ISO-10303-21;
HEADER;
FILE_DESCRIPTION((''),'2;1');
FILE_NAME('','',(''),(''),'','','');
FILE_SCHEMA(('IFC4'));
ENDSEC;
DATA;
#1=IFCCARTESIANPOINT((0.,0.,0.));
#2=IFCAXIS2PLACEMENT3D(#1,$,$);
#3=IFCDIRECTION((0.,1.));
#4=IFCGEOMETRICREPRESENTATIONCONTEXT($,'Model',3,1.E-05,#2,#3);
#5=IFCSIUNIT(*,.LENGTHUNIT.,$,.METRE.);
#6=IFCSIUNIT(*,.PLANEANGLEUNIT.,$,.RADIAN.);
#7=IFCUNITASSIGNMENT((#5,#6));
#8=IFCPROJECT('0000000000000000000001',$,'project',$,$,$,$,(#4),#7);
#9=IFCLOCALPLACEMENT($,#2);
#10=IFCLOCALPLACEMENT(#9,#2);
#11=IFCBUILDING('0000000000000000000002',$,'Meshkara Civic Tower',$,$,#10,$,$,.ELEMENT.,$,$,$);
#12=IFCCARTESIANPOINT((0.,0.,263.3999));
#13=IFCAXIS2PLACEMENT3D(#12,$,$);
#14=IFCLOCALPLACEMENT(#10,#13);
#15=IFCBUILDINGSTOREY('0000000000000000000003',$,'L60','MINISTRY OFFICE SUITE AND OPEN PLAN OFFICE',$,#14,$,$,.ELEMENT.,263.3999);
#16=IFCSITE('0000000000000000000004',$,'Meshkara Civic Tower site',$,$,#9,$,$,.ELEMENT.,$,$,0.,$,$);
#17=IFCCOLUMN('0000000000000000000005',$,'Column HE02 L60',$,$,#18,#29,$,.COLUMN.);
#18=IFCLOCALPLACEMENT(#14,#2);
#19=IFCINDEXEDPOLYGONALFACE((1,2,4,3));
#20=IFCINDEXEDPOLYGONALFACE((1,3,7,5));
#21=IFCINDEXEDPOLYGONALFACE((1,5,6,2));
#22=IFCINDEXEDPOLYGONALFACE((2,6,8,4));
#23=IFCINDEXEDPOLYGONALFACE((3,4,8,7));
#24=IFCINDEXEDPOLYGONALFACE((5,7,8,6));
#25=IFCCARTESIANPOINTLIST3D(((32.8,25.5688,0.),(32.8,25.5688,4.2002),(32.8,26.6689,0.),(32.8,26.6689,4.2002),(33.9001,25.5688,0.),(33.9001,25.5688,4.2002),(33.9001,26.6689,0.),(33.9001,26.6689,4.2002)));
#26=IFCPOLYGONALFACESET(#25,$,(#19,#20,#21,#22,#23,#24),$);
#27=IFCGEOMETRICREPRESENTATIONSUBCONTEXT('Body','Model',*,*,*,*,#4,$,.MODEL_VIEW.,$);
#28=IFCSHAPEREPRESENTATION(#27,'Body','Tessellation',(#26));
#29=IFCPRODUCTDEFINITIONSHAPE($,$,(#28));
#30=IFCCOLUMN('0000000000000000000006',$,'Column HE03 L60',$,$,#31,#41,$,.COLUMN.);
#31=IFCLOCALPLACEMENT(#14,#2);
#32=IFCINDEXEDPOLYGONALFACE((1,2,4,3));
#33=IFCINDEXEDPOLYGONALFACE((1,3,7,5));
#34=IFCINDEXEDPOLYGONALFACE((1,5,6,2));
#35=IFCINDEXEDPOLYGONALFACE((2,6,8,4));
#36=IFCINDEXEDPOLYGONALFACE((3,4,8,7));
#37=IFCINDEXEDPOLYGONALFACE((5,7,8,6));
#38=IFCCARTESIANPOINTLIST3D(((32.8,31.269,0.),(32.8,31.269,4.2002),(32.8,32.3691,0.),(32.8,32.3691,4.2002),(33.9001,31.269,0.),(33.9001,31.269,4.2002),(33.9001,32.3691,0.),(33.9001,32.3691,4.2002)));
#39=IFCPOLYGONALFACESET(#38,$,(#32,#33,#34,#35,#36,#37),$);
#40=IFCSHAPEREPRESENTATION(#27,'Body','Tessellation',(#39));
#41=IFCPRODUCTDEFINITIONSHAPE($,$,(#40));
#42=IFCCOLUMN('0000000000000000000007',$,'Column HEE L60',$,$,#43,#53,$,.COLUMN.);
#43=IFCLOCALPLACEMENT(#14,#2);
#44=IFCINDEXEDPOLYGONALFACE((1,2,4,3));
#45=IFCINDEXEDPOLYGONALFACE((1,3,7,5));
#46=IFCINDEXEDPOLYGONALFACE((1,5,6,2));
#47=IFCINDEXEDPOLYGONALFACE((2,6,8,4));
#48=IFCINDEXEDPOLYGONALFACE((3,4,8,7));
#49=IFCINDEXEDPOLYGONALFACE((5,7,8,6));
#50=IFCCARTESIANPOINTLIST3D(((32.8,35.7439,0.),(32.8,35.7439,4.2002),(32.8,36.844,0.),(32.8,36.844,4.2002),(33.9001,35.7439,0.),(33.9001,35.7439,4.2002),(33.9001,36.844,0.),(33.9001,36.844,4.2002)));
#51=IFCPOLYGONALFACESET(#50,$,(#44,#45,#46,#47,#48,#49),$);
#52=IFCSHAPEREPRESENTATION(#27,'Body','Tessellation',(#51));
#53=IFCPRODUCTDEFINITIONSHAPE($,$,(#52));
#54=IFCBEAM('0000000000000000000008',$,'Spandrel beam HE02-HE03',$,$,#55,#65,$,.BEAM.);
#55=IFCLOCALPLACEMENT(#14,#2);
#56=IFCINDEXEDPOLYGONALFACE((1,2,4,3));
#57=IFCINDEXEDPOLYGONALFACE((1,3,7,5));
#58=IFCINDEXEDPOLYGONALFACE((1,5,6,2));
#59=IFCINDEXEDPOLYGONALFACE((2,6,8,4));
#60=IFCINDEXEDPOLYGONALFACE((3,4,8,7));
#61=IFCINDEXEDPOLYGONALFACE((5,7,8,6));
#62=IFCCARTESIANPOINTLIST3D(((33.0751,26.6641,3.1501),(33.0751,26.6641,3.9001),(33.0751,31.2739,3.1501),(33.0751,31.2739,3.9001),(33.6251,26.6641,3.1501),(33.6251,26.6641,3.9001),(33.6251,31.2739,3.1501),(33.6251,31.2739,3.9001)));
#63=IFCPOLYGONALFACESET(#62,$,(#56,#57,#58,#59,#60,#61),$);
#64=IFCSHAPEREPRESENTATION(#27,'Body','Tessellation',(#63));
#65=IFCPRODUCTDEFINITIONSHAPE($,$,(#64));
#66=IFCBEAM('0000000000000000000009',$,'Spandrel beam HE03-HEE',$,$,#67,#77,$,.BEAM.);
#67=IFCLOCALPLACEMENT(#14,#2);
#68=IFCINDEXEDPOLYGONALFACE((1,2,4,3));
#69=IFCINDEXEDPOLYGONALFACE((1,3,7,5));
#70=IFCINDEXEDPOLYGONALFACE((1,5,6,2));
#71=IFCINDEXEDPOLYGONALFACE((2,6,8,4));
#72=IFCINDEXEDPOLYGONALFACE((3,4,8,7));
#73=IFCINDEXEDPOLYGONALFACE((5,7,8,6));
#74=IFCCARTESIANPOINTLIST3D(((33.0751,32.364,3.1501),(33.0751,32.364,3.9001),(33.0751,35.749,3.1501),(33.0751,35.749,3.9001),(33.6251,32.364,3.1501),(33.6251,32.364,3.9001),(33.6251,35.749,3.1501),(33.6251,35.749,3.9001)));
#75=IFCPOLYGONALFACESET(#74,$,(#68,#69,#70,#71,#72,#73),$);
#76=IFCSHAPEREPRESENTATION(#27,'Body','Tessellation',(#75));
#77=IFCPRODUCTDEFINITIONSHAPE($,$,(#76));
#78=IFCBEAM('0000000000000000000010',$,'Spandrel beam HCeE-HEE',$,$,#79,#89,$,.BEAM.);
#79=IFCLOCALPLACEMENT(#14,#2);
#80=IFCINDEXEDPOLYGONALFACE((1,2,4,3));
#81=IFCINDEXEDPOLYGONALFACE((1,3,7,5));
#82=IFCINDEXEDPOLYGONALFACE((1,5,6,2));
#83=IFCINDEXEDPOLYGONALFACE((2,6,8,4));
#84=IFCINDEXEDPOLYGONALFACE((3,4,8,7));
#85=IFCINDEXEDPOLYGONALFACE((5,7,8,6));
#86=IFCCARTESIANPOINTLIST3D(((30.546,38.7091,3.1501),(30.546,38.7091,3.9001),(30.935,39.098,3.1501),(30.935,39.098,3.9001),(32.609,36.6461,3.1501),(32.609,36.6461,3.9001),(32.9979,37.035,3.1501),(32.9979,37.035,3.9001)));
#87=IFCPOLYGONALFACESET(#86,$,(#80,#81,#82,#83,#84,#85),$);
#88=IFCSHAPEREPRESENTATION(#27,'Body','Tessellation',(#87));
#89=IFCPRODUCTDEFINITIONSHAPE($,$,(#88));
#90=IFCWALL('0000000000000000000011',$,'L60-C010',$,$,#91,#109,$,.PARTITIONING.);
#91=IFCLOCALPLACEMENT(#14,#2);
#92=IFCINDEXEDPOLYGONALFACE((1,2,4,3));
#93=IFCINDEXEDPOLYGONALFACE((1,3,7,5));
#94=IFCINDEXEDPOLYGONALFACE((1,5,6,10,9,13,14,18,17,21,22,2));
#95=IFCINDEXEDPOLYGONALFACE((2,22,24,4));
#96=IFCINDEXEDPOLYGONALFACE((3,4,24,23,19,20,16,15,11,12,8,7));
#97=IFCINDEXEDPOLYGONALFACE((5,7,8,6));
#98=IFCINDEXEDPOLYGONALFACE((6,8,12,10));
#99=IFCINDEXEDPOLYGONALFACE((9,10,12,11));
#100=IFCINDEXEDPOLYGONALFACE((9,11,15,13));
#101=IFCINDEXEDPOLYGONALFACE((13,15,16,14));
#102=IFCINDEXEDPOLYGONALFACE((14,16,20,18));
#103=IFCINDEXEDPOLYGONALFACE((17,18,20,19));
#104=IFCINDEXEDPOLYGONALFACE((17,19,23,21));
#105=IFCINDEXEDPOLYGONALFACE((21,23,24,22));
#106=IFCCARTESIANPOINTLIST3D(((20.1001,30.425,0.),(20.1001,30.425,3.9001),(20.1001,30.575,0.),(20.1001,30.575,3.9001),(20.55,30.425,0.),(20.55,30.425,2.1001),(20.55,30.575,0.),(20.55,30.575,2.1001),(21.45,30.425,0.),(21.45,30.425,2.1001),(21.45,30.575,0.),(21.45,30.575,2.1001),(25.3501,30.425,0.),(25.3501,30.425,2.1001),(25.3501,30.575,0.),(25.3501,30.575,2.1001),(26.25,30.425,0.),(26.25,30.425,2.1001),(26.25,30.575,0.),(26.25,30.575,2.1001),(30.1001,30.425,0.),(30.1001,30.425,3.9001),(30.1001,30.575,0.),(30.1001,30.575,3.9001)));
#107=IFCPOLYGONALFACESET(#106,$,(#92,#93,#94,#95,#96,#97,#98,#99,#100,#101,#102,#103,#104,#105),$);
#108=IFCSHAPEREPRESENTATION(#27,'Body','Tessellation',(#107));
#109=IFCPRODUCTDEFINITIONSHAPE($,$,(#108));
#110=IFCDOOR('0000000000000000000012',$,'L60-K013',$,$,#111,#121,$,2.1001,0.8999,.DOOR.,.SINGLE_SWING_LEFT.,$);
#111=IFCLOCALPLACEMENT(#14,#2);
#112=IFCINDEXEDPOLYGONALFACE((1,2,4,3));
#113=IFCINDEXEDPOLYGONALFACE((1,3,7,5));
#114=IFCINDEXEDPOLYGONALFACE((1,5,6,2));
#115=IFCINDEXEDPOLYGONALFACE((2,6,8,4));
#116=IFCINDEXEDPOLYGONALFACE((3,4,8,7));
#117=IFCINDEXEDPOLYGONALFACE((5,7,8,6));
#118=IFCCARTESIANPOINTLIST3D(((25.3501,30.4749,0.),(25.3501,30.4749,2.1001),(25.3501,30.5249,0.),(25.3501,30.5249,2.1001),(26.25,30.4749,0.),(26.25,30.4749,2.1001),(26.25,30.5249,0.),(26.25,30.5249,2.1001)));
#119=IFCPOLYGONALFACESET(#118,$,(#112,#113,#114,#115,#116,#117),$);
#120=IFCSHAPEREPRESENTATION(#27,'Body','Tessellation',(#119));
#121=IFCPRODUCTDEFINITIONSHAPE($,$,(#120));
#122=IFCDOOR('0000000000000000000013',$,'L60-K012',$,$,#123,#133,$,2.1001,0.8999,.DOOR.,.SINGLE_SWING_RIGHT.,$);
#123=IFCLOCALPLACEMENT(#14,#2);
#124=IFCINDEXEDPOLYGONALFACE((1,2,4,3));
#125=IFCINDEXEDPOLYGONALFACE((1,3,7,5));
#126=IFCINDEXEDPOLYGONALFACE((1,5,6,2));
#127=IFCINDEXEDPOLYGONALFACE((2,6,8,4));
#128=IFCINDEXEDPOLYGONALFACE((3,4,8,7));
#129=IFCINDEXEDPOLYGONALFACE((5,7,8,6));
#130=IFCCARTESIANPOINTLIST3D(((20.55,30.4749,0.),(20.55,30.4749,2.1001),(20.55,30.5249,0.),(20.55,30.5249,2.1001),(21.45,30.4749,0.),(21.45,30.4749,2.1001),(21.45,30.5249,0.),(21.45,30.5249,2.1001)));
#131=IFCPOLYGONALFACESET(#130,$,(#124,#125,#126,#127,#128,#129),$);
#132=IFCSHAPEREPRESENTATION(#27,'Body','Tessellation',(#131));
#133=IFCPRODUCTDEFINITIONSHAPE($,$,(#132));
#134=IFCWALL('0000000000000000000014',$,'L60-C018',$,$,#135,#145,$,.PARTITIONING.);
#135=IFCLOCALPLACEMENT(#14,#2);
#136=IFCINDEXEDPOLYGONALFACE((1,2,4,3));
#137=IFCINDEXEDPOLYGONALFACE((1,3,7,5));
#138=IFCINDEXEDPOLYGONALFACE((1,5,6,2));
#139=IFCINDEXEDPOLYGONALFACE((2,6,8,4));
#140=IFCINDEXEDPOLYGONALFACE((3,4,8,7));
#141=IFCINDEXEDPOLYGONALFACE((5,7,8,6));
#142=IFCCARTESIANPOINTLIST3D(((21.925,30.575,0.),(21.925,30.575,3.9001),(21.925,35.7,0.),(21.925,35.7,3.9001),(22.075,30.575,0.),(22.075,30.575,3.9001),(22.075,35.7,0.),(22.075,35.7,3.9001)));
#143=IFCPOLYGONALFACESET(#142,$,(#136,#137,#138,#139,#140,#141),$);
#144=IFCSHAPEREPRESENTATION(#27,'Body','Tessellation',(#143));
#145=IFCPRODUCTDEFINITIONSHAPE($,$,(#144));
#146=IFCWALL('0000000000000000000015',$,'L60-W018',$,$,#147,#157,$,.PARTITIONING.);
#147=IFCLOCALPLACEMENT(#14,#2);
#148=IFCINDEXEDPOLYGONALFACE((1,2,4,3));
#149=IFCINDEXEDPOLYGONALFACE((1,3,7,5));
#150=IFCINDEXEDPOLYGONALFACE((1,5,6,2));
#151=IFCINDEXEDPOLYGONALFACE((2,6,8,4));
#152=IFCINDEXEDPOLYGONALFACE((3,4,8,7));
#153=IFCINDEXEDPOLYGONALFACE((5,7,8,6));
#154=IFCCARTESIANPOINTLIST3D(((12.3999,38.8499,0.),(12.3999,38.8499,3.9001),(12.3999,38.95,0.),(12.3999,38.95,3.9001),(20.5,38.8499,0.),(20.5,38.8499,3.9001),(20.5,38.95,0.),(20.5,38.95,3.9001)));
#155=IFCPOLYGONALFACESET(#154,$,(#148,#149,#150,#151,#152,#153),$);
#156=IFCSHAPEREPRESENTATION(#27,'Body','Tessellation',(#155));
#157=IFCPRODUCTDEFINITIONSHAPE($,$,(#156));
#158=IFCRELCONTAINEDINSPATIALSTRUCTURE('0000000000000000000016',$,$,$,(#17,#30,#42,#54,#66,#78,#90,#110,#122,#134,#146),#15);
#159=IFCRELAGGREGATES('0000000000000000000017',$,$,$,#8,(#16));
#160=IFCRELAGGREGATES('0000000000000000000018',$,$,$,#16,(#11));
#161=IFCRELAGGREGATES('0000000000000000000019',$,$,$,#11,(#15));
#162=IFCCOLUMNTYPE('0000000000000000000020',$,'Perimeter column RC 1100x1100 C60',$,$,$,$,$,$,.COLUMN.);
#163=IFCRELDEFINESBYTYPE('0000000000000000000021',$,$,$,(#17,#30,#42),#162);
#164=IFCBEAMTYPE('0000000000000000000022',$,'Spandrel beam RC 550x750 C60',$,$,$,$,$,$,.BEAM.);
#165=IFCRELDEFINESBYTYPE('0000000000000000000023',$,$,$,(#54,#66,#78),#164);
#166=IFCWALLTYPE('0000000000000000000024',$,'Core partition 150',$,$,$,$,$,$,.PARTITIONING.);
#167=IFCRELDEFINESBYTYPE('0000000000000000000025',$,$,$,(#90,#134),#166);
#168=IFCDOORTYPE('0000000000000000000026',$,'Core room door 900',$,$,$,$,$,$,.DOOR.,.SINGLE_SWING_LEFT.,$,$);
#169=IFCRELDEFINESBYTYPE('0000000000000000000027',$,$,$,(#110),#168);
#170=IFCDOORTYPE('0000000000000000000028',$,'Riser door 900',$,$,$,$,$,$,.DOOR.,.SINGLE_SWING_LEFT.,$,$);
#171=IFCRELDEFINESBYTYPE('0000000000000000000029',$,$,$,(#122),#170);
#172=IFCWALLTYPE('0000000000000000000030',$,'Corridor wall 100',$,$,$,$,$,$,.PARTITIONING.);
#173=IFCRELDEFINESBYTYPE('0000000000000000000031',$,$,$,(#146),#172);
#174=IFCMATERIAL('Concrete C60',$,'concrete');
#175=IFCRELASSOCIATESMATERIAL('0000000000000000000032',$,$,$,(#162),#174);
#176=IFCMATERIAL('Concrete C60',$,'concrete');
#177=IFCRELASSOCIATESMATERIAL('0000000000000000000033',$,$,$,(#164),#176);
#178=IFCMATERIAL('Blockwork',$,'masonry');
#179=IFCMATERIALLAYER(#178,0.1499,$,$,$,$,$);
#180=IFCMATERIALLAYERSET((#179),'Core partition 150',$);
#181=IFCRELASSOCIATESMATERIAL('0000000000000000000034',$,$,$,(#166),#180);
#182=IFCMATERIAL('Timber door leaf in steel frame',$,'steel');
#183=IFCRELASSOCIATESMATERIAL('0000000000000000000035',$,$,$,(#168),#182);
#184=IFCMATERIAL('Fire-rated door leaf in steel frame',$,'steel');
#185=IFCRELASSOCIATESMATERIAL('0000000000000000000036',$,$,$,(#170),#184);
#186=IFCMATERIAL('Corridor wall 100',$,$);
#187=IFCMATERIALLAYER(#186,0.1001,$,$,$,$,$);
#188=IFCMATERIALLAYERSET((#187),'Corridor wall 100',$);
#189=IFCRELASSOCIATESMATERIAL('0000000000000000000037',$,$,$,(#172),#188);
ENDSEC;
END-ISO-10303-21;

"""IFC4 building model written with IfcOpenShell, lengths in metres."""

from ifc_helpers import new_model, si_unit, direction, frame, frame_2d, origin, origin_2d, place, context, subcontext, project, spatial, rectangle, extrude, material, layer, layer_set, material_profile, profile_set, type_object, element, fill, save


model = new_model("IFC4")

# Units and contexts
model_context = context("Model", 3, precision=1e-05, world=origin(), true_north=direction((0.0, 1.0)))
body_context = subcontext(model_context, "Body", "Model", "MODEL_VIEW")
ifc_project = project(units=[si_unit("LENGTHUNIT", "METRE"), si_unit("PLANEANGLEUNIT", "RADIAN")], contexts=[model_context])

# Site, building, storey
site_placement = place(None, origin())
site = spatial("IfcSite", under=ifc_project, at=site_placement, Name="Meshkara Civic Tower site", CompositionType="ELEMENT", RefElevation=0.0)
building_placement = place(site_placement, origin())
building = spatial("IfcBuilding", under=site, at=building_placement, Name="Meshkara Civic Tower", CompositionType="ELEMENT")
storey_placement = place(building_placement, frame((0.0, 0.0, 263.3999)))
storey = spatial("IfcBuildingStorey", under=building, at=storey_placement, Name="L60", Description="MINISTRY OFFICE SUITE AND OPEN PLAN OFFICE", CompositionType="ELEMENT", Elevation=263.3999)

# Columns
ifc_material_1 = material(Name="Concrete C60", Category="concrete")
ifc_material_profile_1 = material_profile(ifc_material_1, rectangle(XDim=1.1001, YDim=1.1001, at=origin_2d()))
ifc_profile_set_1 = profile_set([ifc_material_profile_1], Name="Concrete C60")
column_type = type_object("IfcColumnType", Name="Perimeter column RC 1100x1100 C60", PredefinedType="COLUMN", material=ifc_profile_set_1)
for number, where, z_axis, x_axis, name in (
    (1, (33.3501, 26.1189, 0.0), (0.0, 0.0, 1.0), (1.0, 0.0, 0.0), "Column HE02 L60"),
    (2, (33.3501, 31.8191, 0.0), (0.0, 0.0, 1.0), (1.0, 0.0, 0.0), "Column HE03 L60"),
    (3, (33.3501, 36.2939, 0.0), (0.0, 0.0, 1.0), (1.0, 0.0, 0.0), "Column HEE L60"),
):
    element("IfcColumn", number, at=place(storey_placement, frame(where, z_axis=z_axis, x_axis=x_axis)), inside=storey, type_object=column_type, Name=name, PredefinedType="COLUMN", context=body_context, shape_type="SweptSolid", body=[
        extrude(rectangle(XDim=1.1001, YDim=1.1001, at=origin_2d()), origin(), (0.0, 0.0, 1.0), 4.2002),
    ])

# Beams
ifc_material_2 = material(Name="Concrete C60", Category="concrete")
ifc_material_profile_2 = material_profile(ifc_material_2, rectangle(XDim=0.55, YDim=0.75, at=origin_2d()))
ifc_profile_set_2 = profile_set([ifc_material_profile_2], Name="Concrete C60")
beam_type = type_object("IfcBeamType", Name="Spandrel beam RC 550x750 C60", PredefinedType="BEAM", material=ifc_profile_set_2)
beam_1_placement = place(storey_placement, frame((33.3501, 26.6641, 3.5251), z_axis=(0.0, 1.0, 0.0), x_axis=(-1.0, 0.0, 0.0)))
element("IfcBeam", 4, at=beam_1_placement, inside=storey, type_object=beam_type, Name="Spandrel beam HE02-HE03", PredefinedType="BEAM", context=body_context, shape_type="SweptSolid", body=[
    extrude(rectangle(XDim=0.55, YDim=0.75, at=origin_2d()), origin(), (0.0, 0.0, 1.0), 4.6099),
])
beam_2_placement = place(storey_placement, frame((33.3501, 32.364, 3.5251), z_axis=(0.0, 1.0, 0.0), x_axis=(-1.0, 0.0, 0.0)))
element("IfcBeam", 5, at=beam_2_placement, inside=storey, type_object=beam_type, Name="Spandrel beam HE03-HEE", PredefinedType="BEAM", context=body_context, shape_type="SweptSolid", body=[
    extrude(rectangle(XDim=0.55, YDim=0.75, at=origin_2d()), origin(), (0.0, 0.0, 1.0), 3.385),
])
beam_3_placement = place(storey_placement, frame((32.8035, 36.8406, 3.5251), z_axis=(-0.707107, 0.707107, 0.0), x_axis=(-0.707107, -0.707107, 0.0)))
element("IfcBeam", 6, at=beam_3_placement, inside=storey, type_object=beam_type, Name="Spandrel beam HCeE-HEE", PredefinedType="BEAM", context=body_context, shape_type="SweptSolid", body=[
    extrude(rectangle(XDim=0.55, YDim=0.75, at=origin_2d()), origin(), (0.0, 0.0, 1.0), 2.9175),
])

# Wall, openings, doors
ifc_material_3 = material(Name="Blockwork", Category="masonry")
ifc_layer_1 = layer(ifc_material_3, 0.1499)
ifc_layer_set_1 = layer_set([ifc_layer_1], Name="Core partition 150")
wall_type_1 = type_object("IfcWallType", Name="Core partition 150", PredefinedType="PARTITIONING", material=ifc_layer_set_1)
wall_1_placement = place(storey_placement, frame((20.1001, 30.5, 0.0), z_axis=(0.0, 0.0, 1.0), x_axis=(1.0, 0.0, 0.0)))
wall_1 = element("IfcWall", 7, at=wall_1_placement, inside=storey, type_object=wall_type_1, Name="L60-C010", PredefinedType="PARTITIONING", context=body_context, shape_type="SweptSolid", body=[
    extrude(rectangle(XDim=10.0, YDim=0.1499, at=frame_2d((5.0, 0.0))), origin(), (0.0, 0.0, 1.0), 3.9001),
])
opening_1_placement = place(wall_1_placement, frame((0.45, 0.0, 0.0)))
opening_1 = element("IfcOpeningElement", 8, at=opening_1_placement, cuts=wall_1, PredefinedType="OPENING", context=body_context, shape_type="SweptSolid", body=[
    extrude(rectangle(XDim=0.8999, YDim=2.1001, at=frame_2d((0.45, 1.05))), frame((0.0, 0.085, 0.0), z_axis=(0.0, -1.0, 0.0), x_axis=(1.0, 0.0, 0.0)), (0.0, 0.0, 1.0), 0.1699),
])
opening_2_placement = place(wall_1_placement, frame((5.25, 0.0, 0.0)))
opening_2 = element("IfcOpeningElement", 9, at=opening_2_placement, cuts=wall_1, PredefinedType="OPENING", context=body_context, shape_type="SweptSolid", body=[
    extrude(rectangle(XDim=0.8999, YDim=2.1001, at=frame_2d((0.45, 1.05))), frame((0.0, 0.085, 0.0), z_axis=(0.0, -1.0, 0.0), x_axis=(1.0, 0.0, 0.0)), (0.0, 0.0, 1.0), 0.1699),
])
ifc_material_4 = material(Name="Timber door leaf in steel frame", Category="steel")
door_type_1 = type_object("IfcDoorType", Name="Core room door 900", OperationType="SINGLE_SWING_LEFT", PredefinedType="DOOR", material=ifc_material_4)
door_1_placement = place(opening_2_placement, origin())
door_1 = element("IfcDoor", 10, at=door_1_placement, inside=storey, type_object=door_type_1, Name="L60-K013", OperationType="SINGLE_SWING_LEFT", OverallHeight=2.1001, OverallWidth=0.8999, PredefinedType="DOOR", context=body_context, shape_type="SweptSolid", body=[
    extrude(rectangle(XDim=0.8999, YDim=2.1001, at=frame_2d((0.45, 1.05))), frame((0.0, 0.0249, 0.0), z_axis=(0.0, -1.0, 0.0), x_axis=(1.0, 0.0, 0.0)), (0.0, 0.0, 1.0), 0.05),
])
fill(opening_2, door_1)
ifc_material_5 = material(Name="Fire-rated door leaf in steel frame", Category="steel")
door_type_2 = type_object("IfcDoorType", Name="Riser door 900", OperationType="SINGLE_SWING_LEFT", PredefinedType="DOOR", material=ifc_material_5)
door_2_placement = place(opening_1_placement, origin())
door_2 = element("IfcDoor", 11, at=door_2_placement, inside=storey, type_object=door_type_2, Name="L60-K012", OperationType="SINGLE_SWING_RIGHT", OverallHeight=2.1001, OverallWidth=0.8999, PredefinedType="DOOR", context=body_context, shape_type="SweptSolid", body=[
    extrude(rectangle(XDim=0.8999, YDim=2.1001, at=frame_2d((0.45, 1.05))), frame((0.0, 0.0249, 0.0), z_axis=(0.0, -1.0, 0.0), x_axis=(1.0, 0.0, 0.0)), (0.0, 0.0, 1.0), 0.05),
])
fill(opening_1, door_2)

# Walls
wall_2_placement = place(storey_placement, frame((22.0, 30.575, 0.0), z_axis=(0.0, 0.0, 1.0), x_axis=(0.0, 1.0, 0.0)))
element("IfcWall", 12, at=wall_2_placement, inside=storey, type_object=wall_type_1, Name="L60-C018", PredefinedType="PARTITIONING", context=body_context, shape_type="SweptSolid", body=[
    extrude(rectangle(XDim=5.125, YDim=0.1499, at=frame_2d((2.5625, 0.0))), origin(), (0.0, 0.0, 1.0), 3.9001),
])
ifc_material_6 = material(Name="Corridor wall 100")
ifc_layer_2 = layer(ifc_material_6, 0.1001)
ifc_layer_set_2 = layer_set([ifc_layer_2], Name="Corridor wall 100")
wall_type_2 = type_object("IfcWallType", Name="Corridor wall 100", PredefinedType="PARTITIONING", material=ifc_layer_set_2)
wall_3_placement = place(storey_placement, frame((20.5, 38.8999, 0.0), z_axis=(0.0, 0.0, 1.0), x_axis=(-1.0, 0.0, 0.0)))
element("IfcWall", 13, at=wall_3_placement, inside=storey, type_object=wall_type_2, Name="L60-W018", PredefinedType="PARTITIONING", context=body_context, shape_type="SweptSolid", body=[
    extrude(rectangle(XDim=8.1001, YDim=0.1001, at=frame_2d((4.05, 0.0))), origin(), (0.0, 0.0, 1.0), 3.9001),
])

save(model, "model.ifc")
